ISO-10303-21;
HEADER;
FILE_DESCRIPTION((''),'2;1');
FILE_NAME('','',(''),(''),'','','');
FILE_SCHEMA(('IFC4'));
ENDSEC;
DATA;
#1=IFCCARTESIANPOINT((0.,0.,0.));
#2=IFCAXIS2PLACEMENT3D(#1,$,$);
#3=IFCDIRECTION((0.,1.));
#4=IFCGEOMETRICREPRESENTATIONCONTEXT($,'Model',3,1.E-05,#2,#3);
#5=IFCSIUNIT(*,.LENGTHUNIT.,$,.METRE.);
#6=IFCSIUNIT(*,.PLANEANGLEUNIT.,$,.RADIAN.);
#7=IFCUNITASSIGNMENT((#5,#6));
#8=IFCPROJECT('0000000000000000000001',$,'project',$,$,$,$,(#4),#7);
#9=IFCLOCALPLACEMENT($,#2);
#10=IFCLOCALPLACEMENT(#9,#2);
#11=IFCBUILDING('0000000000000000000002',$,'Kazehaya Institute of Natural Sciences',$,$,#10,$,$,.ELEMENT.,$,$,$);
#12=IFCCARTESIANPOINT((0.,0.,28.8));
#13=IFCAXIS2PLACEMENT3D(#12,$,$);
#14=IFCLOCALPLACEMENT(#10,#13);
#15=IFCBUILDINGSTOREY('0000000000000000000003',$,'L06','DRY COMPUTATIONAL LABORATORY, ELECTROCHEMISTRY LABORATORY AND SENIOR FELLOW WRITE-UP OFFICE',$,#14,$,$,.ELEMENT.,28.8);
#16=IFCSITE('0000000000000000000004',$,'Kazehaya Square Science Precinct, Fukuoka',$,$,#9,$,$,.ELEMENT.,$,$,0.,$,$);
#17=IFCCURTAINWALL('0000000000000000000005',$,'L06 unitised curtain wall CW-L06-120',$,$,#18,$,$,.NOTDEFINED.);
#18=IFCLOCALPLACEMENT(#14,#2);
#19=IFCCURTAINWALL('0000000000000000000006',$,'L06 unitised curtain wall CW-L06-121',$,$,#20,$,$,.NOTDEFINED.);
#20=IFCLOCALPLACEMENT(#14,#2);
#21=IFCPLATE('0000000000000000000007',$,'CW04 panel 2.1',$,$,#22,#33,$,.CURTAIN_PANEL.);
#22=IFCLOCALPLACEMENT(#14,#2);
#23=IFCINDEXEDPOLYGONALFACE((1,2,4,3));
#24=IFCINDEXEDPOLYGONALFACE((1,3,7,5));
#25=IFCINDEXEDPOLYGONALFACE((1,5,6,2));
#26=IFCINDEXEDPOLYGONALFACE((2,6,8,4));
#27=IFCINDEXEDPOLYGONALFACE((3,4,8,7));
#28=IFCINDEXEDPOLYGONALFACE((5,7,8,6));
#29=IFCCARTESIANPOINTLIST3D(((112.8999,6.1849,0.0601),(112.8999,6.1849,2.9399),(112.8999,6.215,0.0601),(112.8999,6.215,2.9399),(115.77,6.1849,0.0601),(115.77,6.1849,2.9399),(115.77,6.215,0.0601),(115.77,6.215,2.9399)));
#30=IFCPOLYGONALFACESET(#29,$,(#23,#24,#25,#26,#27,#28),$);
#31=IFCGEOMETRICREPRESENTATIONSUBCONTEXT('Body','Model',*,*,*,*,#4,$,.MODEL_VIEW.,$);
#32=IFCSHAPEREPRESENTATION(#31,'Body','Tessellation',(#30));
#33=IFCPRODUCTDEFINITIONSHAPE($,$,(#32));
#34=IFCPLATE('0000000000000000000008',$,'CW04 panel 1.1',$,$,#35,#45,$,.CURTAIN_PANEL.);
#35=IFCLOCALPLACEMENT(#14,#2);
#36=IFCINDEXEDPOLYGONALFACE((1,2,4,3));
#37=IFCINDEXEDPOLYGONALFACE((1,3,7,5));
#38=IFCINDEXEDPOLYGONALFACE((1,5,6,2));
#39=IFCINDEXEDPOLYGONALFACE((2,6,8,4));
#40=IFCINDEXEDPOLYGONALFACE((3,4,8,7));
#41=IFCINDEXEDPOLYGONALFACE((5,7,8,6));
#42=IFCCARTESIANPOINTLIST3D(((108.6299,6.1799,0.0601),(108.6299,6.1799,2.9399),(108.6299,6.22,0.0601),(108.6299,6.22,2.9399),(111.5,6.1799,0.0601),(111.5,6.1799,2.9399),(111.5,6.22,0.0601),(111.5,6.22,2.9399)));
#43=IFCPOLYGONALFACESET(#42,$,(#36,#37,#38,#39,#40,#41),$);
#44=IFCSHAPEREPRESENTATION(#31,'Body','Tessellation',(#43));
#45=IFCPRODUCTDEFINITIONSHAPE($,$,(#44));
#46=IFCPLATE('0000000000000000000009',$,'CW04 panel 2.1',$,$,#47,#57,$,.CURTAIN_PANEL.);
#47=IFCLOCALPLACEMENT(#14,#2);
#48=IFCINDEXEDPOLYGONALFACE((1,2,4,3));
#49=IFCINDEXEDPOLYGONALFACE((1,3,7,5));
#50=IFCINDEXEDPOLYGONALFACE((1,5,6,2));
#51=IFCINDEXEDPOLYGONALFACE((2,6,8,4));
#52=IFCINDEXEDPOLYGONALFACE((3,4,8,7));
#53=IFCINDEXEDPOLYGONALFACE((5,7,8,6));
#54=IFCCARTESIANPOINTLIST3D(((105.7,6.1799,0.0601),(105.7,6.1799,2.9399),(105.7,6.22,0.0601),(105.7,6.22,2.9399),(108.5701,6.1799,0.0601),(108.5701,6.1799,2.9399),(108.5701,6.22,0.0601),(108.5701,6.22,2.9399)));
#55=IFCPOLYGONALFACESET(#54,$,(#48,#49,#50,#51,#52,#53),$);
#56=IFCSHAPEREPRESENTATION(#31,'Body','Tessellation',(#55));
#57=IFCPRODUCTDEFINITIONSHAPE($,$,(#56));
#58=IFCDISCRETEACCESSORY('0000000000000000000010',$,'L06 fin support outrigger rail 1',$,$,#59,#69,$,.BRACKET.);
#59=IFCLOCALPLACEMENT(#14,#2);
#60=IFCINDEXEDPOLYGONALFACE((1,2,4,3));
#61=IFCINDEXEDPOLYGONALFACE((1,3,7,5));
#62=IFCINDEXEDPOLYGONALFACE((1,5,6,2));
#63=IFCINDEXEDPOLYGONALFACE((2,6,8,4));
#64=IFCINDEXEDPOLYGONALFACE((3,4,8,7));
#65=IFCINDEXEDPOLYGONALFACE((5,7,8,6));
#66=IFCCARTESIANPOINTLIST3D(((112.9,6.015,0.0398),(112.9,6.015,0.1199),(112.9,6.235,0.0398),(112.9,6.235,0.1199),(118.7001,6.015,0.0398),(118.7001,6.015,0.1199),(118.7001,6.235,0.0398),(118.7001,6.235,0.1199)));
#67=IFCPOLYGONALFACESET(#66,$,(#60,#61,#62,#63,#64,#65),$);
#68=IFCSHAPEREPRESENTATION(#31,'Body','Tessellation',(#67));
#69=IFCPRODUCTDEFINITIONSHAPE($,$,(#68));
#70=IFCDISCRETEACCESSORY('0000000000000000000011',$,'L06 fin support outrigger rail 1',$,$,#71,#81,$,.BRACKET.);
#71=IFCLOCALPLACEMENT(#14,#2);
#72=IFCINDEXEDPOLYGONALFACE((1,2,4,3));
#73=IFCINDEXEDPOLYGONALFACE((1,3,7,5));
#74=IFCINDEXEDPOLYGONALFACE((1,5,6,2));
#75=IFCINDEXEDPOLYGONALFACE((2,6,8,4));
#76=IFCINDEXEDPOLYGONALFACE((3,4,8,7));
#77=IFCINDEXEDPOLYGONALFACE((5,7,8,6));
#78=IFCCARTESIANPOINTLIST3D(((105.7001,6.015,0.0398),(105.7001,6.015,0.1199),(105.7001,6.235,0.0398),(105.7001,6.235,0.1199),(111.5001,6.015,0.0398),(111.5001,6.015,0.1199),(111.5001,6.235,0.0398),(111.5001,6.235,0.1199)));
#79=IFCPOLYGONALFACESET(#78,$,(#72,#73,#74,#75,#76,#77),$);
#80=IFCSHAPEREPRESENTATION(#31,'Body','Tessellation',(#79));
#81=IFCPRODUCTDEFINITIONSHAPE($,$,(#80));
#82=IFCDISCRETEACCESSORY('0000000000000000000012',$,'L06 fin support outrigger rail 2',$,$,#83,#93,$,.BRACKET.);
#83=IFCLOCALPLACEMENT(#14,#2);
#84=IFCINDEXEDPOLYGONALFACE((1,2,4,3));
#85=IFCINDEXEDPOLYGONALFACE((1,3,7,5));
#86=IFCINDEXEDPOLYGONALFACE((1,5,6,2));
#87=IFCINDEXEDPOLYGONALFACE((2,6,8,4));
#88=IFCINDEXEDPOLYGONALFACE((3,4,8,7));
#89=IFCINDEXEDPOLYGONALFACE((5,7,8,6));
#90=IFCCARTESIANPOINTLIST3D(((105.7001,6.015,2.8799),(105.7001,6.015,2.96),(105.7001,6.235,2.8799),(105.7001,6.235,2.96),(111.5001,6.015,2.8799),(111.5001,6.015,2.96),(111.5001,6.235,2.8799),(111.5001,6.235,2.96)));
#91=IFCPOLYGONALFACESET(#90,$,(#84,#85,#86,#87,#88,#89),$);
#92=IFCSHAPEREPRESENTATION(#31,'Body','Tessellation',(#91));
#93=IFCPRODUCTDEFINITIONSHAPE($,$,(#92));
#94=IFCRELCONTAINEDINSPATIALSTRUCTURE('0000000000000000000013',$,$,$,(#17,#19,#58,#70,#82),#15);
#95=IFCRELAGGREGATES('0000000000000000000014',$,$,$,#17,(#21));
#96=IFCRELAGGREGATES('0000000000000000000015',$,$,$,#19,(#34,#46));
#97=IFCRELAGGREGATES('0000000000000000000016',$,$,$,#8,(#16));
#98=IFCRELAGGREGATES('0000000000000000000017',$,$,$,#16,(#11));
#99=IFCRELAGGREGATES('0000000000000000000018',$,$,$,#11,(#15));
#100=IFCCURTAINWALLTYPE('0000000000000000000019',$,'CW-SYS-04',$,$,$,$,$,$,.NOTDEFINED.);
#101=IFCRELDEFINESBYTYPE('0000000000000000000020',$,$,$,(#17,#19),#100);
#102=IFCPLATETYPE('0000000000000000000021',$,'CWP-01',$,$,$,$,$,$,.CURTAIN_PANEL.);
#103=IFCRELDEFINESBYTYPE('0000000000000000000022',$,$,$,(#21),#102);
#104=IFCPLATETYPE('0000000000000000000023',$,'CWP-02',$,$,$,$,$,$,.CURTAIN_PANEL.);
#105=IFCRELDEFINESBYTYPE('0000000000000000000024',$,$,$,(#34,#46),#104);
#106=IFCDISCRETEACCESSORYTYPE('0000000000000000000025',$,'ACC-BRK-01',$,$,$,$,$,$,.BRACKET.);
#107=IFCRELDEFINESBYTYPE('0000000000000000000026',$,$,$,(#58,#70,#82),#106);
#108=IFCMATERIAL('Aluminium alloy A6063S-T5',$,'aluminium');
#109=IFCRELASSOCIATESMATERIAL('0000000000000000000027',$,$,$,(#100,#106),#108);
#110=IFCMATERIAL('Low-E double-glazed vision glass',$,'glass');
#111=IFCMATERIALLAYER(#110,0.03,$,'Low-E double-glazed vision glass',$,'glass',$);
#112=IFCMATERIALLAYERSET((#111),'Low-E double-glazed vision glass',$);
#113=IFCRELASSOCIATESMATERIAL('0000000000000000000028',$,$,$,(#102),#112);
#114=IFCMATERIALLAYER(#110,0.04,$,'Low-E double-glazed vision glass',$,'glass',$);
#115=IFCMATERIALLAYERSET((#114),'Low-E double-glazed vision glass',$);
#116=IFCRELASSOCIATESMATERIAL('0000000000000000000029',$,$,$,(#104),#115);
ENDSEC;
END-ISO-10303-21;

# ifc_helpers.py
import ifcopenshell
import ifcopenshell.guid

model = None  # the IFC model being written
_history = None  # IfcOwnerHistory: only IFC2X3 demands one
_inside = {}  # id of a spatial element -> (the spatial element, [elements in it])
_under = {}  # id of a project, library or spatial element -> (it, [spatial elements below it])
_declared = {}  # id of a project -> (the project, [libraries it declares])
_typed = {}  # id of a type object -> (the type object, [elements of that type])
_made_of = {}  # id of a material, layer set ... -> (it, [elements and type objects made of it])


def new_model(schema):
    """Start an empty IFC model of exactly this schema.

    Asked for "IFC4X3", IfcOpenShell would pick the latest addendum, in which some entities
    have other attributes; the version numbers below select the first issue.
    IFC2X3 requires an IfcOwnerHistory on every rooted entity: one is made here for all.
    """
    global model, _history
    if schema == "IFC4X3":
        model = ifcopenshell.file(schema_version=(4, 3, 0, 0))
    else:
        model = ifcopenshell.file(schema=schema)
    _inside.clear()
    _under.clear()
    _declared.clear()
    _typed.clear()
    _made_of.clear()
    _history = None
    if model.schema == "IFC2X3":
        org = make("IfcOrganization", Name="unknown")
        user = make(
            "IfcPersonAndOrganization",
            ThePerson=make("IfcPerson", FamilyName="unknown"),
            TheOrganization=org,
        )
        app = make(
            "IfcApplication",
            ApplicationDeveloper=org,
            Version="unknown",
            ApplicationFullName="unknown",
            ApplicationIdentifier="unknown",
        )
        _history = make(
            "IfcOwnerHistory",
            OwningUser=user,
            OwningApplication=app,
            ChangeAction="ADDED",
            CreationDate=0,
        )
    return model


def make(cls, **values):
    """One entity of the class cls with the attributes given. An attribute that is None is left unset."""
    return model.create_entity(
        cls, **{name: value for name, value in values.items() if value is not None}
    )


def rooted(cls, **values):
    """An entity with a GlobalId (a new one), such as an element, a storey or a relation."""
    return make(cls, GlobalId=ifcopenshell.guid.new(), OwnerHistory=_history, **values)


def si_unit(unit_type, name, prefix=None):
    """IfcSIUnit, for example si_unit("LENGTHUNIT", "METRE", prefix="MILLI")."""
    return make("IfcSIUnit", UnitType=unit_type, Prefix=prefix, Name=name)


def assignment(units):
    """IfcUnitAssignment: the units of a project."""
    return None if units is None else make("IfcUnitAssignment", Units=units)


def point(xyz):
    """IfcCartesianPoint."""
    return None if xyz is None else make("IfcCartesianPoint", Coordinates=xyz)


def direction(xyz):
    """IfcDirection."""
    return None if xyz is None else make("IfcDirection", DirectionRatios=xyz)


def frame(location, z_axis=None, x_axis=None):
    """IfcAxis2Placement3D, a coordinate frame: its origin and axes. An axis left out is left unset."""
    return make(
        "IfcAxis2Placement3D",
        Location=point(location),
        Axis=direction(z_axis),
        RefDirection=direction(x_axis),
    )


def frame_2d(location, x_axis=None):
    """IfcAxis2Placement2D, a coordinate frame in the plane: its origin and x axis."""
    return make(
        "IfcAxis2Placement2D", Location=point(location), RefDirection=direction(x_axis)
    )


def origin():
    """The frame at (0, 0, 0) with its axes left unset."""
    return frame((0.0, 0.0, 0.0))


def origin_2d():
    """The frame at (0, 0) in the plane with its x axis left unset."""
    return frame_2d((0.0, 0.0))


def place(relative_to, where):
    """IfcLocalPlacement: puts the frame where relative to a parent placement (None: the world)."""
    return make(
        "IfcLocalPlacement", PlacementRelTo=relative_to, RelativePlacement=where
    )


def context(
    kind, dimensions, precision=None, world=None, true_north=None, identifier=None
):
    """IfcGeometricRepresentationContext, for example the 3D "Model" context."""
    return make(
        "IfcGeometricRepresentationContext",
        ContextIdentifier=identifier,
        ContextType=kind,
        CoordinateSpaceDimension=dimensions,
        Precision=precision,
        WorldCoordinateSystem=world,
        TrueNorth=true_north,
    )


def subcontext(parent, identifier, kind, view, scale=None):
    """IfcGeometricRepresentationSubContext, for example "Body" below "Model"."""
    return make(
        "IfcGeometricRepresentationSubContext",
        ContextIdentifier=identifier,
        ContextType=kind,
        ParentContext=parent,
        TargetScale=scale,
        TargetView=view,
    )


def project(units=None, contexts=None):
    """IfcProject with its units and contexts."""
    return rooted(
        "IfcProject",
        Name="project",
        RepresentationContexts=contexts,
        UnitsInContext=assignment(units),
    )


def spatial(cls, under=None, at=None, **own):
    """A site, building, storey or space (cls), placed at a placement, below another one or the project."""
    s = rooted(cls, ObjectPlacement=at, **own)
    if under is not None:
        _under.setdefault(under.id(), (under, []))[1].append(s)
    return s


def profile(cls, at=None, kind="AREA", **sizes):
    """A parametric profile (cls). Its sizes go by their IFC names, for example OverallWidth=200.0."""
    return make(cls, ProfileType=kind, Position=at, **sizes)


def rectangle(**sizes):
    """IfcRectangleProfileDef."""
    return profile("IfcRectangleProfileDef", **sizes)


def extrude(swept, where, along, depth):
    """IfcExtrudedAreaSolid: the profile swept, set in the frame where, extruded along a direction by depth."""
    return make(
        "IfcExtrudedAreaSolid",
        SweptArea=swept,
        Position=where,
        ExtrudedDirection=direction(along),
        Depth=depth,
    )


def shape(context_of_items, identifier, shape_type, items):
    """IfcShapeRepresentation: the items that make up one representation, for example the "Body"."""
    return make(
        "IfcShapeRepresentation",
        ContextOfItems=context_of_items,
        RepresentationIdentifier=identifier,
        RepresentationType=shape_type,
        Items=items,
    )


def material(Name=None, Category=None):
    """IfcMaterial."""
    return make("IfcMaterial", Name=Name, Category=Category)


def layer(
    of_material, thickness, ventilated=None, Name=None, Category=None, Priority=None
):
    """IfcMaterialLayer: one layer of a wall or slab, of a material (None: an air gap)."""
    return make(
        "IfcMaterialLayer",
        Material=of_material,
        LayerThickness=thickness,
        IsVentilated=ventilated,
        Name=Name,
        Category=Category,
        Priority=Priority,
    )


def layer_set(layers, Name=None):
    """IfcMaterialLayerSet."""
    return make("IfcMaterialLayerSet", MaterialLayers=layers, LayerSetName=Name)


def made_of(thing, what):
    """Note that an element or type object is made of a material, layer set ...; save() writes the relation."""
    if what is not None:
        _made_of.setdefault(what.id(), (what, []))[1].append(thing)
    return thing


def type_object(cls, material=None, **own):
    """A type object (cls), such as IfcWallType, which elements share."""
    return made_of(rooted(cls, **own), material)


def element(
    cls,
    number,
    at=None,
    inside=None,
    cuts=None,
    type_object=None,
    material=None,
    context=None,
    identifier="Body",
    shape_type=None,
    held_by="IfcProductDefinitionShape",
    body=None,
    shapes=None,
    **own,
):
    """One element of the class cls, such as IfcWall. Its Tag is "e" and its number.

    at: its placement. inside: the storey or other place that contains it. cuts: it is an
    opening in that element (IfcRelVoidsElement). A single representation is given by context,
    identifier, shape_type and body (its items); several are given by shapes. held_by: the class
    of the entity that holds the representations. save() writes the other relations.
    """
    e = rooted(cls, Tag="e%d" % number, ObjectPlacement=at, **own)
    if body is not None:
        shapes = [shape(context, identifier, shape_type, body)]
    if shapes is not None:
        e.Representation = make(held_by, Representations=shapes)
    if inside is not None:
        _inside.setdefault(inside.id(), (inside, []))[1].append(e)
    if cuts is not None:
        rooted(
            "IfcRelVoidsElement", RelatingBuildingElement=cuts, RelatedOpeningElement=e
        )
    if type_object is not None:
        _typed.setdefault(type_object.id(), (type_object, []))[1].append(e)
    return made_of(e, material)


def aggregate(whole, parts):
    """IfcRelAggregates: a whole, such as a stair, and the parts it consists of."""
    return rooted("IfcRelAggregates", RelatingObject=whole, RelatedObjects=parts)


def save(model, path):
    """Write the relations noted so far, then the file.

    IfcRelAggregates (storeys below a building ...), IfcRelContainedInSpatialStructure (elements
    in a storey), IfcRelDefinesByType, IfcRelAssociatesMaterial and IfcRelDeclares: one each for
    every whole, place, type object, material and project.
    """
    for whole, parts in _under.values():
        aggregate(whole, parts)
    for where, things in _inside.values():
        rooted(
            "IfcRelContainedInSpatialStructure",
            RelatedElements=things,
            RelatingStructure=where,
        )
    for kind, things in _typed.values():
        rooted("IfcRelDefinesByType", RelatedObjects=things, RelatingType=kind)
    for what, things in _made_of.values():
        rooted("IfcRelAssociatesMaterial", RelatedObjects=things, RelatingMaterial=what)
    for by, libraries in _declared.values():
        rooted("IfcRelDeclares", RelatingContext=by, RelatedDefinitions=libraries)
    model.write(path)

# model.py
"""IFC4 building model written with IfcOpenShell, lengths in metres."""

from ifc_helpers import new_model, si_unit, direction, frame, origin, origin_2d, place, context, subcontext, project, spatial, rectangle, extrude, material, layer, layer_set, type_object, element, aggregate, save


model = new_model("IFC4")

# Units and contexts
model_context = context("Model", 3, precision=1e-05, world=origin(), true_north=direction((0.0, 1.0)))
body_context = subcontext(model_context, "Body", "Model", "MODEL_VIEW")
ifc_project = project(units=[si_unit("LENGTHUNIT", "METRE"), si_unit("PLANEANGLEUNIT", "RADIAN")], contexts=[model_context])

# Site, building, storey
site_placement = place(None, origin())
site = spatial("IfcSite", under=ifc_project, at=site_placement, Name="Kazehaya Square Science Precinct, Fukuoka", CompositionType="ELEMENT", RefElevation=0.0)
building_placement = place(site_placement, origin())
building = spatial("IfcBuilding", under=site, at=building_placement, Name="Kazehaya Institute of Natural Sciences", CompositionType="ELEMENT")
storey_placement = place(building_placement, frame((0.0, 0.0, 28.8)))
storey = spatial("IfcBuildingStorey", under=building, at=storey_placement, Name="L06", Description="DRY COMPUTATIONAL LABORATORY, ELECTROCHEMISTRY LABORATORY AND SENIOR FELLOW WRITE-UP OFFICE", CompositionType="ELEMENT", Elevation=28.8)

# Curtain wall
ifc_material_1 = material(Name="Aluminium alloy A6063S-T5", Category="aluminium")
curtain_wall_type = type_object("IfcCurtainWallType", Name="CW-SYS-04", PredefinedType="NOTDEFINED", material=ifc_material_1)
curtain_wall_1_placement = place(storey_placement, origin())
curtain_wall_1 = element("IfcCurtainWall", 1, at=curtain_wall_1_placement, inside=storey, type_object=curtain_wall_type, Name="L06 unitised curtain wall CW-L06-120", PredefinedType="NOTDEFINED")

# Curtain wall
curtain_wall_2_placement = place(storey_placement, origin())
curtain_wall_2 = element("IfcCurtainWall", 2, at=curtain_wall_2_placement, inside=storey, type_object=curtain_wall_type, Name="L06 unitised curtain wall CW-L06-121", PredefinedType="NOTDEFINED")

# Plates
ifc_material_2 = material(Name="Low-E double-glazed vision glass", Category="glass")
ifc_layer_1 = layer(ifc_material_2, 0.03, Name="Low-E double-glazed vision glass", Category="glass")
ifc_layer_set_1 = layer_set([ifc_layer_1], Name="Low-E double-glazed vision glass")
plate_type_1 = type_object("IfcPlateType", Name="CWP-01", PredefinedType="CURTAIN_PANEL", material=ifc_layer_set_1)
plate_1_placement = place(storey_placement, frame((114.335, 6.2, 0.0601), z_axis=(0.0, 0.0, 1.0), x_axis=(-1.0, 0.0, 0.0)))
plate_1 = element("IfcPlate", 3, at=plate_1_placement, type_object=plate_type_1, Name="CW04 panel 2.1", PredefinedType="CURTAIN_PANEL", context=body_context, shape_type="SweptSolid", body=[
    extrude(rectangle(XDim=2.8701, YDim=0.03, at=origin_2d()), origin(), (0.0, 0.0, 1.0), 2.8799),
])
aggregate(curtain_wall_1, [plate_1])
ifc_layer_2 = layer(ifc_material_2, 0.04, Name="Low-E double-glazed vision glass", Category="glass")
ifc_layer_set_2 = layer_set([ifc_layer_2], Name="Low-E double-glazed vision glass")
plate_type_2 = type_object("IfcPlateType", Name="CWP-02", PredefinedType="CURTAIN_PANEL", material=ifc_layer_set_2)
plate_2_placement = place(storey_placement, frame((110.0649, 6.2, 0.0601), z_axis=(0.0, 0.0, 1.0), x_axis=(-1.0, 0.0, 0.0)))
plate_2 = element("IfcPlate", 4, at=plate_2_placement, type_object=plate_type_2, Name="CW04 panel 1.1", PredefinedType="CURTAIN_PANEL", context=body_context, shape_type="SweptSolid", body=[
    extrude(rectangle(XDim=2.8701, YDim=0.04, at=origin_2d()), origin(), (0.0, 0.0, 1.0), 2.8799),
])
plate_3_placement = place(storey_placement, frame((107.135, 6.2, 0.0601), z_axis=(0.0, 0.0, 1.0), x_axis=(-1.0, 0.0, 0.0)))
plate_3 = element("IfcPlate", 5, at=plate_3_placement, type_object=plate_type_2, Name="CW04 panel 2.1", PredefinedType="CURTAIN_PANEL", context=body_context, shape_type="SweptSolid", body=[
    extrude(rectangle(XDim=2.8701, YDim=0.04, at=origin_2d()), origin(), (0.0, 0.0, 1.0), 2.8799),
])
aggregate(curtain_wall_2, [plate_2, plate_3])

# Discrete accessories
discrete_accessory_type = type_object("IfcDiscreteAccessoryType", Name="ACC-BRK-01", PredefinedType="BRACKET", material=ifc_material_1)
for number, where, z_axis, x_axis, name in (
    (6, (115.8, 6.125, 0.0398), (0.0, 0.0, 1.0), (-1.0, 0.0, 0.0), "L06 fin support outrigger rail 1"),
    (7, (108.6001, 6.125, 0.0398), (0.0, 0.0, 1.0), (-1.0, 0.0, 0.0), "L06 fin support outrigger rail 1"),
    (8, (108.6001, 6.125, 2.8799), (0.0, 0.0, 1.0), (-1.0, 0.0, 0.0), "L06 fin support outrigger rail 2"),
):
    element("IfcDiscreteAccessory", number, at=place(storey_placement, frame(where, z_axis=z_axis, x_axis=x_axis)), inside=storey, type_object=discrete_accessory_type, Name=name, PredefinedType="BRACKET", context=body_context, shape_type="SweptSolid", body=[
        extrude(rectangle(XDim=5.8, YDim=0.22, at=origin_2d()), origin(), (0.0, 0.0, 1.0), 0.0801),
    ])

save(model, "model.ifc")
